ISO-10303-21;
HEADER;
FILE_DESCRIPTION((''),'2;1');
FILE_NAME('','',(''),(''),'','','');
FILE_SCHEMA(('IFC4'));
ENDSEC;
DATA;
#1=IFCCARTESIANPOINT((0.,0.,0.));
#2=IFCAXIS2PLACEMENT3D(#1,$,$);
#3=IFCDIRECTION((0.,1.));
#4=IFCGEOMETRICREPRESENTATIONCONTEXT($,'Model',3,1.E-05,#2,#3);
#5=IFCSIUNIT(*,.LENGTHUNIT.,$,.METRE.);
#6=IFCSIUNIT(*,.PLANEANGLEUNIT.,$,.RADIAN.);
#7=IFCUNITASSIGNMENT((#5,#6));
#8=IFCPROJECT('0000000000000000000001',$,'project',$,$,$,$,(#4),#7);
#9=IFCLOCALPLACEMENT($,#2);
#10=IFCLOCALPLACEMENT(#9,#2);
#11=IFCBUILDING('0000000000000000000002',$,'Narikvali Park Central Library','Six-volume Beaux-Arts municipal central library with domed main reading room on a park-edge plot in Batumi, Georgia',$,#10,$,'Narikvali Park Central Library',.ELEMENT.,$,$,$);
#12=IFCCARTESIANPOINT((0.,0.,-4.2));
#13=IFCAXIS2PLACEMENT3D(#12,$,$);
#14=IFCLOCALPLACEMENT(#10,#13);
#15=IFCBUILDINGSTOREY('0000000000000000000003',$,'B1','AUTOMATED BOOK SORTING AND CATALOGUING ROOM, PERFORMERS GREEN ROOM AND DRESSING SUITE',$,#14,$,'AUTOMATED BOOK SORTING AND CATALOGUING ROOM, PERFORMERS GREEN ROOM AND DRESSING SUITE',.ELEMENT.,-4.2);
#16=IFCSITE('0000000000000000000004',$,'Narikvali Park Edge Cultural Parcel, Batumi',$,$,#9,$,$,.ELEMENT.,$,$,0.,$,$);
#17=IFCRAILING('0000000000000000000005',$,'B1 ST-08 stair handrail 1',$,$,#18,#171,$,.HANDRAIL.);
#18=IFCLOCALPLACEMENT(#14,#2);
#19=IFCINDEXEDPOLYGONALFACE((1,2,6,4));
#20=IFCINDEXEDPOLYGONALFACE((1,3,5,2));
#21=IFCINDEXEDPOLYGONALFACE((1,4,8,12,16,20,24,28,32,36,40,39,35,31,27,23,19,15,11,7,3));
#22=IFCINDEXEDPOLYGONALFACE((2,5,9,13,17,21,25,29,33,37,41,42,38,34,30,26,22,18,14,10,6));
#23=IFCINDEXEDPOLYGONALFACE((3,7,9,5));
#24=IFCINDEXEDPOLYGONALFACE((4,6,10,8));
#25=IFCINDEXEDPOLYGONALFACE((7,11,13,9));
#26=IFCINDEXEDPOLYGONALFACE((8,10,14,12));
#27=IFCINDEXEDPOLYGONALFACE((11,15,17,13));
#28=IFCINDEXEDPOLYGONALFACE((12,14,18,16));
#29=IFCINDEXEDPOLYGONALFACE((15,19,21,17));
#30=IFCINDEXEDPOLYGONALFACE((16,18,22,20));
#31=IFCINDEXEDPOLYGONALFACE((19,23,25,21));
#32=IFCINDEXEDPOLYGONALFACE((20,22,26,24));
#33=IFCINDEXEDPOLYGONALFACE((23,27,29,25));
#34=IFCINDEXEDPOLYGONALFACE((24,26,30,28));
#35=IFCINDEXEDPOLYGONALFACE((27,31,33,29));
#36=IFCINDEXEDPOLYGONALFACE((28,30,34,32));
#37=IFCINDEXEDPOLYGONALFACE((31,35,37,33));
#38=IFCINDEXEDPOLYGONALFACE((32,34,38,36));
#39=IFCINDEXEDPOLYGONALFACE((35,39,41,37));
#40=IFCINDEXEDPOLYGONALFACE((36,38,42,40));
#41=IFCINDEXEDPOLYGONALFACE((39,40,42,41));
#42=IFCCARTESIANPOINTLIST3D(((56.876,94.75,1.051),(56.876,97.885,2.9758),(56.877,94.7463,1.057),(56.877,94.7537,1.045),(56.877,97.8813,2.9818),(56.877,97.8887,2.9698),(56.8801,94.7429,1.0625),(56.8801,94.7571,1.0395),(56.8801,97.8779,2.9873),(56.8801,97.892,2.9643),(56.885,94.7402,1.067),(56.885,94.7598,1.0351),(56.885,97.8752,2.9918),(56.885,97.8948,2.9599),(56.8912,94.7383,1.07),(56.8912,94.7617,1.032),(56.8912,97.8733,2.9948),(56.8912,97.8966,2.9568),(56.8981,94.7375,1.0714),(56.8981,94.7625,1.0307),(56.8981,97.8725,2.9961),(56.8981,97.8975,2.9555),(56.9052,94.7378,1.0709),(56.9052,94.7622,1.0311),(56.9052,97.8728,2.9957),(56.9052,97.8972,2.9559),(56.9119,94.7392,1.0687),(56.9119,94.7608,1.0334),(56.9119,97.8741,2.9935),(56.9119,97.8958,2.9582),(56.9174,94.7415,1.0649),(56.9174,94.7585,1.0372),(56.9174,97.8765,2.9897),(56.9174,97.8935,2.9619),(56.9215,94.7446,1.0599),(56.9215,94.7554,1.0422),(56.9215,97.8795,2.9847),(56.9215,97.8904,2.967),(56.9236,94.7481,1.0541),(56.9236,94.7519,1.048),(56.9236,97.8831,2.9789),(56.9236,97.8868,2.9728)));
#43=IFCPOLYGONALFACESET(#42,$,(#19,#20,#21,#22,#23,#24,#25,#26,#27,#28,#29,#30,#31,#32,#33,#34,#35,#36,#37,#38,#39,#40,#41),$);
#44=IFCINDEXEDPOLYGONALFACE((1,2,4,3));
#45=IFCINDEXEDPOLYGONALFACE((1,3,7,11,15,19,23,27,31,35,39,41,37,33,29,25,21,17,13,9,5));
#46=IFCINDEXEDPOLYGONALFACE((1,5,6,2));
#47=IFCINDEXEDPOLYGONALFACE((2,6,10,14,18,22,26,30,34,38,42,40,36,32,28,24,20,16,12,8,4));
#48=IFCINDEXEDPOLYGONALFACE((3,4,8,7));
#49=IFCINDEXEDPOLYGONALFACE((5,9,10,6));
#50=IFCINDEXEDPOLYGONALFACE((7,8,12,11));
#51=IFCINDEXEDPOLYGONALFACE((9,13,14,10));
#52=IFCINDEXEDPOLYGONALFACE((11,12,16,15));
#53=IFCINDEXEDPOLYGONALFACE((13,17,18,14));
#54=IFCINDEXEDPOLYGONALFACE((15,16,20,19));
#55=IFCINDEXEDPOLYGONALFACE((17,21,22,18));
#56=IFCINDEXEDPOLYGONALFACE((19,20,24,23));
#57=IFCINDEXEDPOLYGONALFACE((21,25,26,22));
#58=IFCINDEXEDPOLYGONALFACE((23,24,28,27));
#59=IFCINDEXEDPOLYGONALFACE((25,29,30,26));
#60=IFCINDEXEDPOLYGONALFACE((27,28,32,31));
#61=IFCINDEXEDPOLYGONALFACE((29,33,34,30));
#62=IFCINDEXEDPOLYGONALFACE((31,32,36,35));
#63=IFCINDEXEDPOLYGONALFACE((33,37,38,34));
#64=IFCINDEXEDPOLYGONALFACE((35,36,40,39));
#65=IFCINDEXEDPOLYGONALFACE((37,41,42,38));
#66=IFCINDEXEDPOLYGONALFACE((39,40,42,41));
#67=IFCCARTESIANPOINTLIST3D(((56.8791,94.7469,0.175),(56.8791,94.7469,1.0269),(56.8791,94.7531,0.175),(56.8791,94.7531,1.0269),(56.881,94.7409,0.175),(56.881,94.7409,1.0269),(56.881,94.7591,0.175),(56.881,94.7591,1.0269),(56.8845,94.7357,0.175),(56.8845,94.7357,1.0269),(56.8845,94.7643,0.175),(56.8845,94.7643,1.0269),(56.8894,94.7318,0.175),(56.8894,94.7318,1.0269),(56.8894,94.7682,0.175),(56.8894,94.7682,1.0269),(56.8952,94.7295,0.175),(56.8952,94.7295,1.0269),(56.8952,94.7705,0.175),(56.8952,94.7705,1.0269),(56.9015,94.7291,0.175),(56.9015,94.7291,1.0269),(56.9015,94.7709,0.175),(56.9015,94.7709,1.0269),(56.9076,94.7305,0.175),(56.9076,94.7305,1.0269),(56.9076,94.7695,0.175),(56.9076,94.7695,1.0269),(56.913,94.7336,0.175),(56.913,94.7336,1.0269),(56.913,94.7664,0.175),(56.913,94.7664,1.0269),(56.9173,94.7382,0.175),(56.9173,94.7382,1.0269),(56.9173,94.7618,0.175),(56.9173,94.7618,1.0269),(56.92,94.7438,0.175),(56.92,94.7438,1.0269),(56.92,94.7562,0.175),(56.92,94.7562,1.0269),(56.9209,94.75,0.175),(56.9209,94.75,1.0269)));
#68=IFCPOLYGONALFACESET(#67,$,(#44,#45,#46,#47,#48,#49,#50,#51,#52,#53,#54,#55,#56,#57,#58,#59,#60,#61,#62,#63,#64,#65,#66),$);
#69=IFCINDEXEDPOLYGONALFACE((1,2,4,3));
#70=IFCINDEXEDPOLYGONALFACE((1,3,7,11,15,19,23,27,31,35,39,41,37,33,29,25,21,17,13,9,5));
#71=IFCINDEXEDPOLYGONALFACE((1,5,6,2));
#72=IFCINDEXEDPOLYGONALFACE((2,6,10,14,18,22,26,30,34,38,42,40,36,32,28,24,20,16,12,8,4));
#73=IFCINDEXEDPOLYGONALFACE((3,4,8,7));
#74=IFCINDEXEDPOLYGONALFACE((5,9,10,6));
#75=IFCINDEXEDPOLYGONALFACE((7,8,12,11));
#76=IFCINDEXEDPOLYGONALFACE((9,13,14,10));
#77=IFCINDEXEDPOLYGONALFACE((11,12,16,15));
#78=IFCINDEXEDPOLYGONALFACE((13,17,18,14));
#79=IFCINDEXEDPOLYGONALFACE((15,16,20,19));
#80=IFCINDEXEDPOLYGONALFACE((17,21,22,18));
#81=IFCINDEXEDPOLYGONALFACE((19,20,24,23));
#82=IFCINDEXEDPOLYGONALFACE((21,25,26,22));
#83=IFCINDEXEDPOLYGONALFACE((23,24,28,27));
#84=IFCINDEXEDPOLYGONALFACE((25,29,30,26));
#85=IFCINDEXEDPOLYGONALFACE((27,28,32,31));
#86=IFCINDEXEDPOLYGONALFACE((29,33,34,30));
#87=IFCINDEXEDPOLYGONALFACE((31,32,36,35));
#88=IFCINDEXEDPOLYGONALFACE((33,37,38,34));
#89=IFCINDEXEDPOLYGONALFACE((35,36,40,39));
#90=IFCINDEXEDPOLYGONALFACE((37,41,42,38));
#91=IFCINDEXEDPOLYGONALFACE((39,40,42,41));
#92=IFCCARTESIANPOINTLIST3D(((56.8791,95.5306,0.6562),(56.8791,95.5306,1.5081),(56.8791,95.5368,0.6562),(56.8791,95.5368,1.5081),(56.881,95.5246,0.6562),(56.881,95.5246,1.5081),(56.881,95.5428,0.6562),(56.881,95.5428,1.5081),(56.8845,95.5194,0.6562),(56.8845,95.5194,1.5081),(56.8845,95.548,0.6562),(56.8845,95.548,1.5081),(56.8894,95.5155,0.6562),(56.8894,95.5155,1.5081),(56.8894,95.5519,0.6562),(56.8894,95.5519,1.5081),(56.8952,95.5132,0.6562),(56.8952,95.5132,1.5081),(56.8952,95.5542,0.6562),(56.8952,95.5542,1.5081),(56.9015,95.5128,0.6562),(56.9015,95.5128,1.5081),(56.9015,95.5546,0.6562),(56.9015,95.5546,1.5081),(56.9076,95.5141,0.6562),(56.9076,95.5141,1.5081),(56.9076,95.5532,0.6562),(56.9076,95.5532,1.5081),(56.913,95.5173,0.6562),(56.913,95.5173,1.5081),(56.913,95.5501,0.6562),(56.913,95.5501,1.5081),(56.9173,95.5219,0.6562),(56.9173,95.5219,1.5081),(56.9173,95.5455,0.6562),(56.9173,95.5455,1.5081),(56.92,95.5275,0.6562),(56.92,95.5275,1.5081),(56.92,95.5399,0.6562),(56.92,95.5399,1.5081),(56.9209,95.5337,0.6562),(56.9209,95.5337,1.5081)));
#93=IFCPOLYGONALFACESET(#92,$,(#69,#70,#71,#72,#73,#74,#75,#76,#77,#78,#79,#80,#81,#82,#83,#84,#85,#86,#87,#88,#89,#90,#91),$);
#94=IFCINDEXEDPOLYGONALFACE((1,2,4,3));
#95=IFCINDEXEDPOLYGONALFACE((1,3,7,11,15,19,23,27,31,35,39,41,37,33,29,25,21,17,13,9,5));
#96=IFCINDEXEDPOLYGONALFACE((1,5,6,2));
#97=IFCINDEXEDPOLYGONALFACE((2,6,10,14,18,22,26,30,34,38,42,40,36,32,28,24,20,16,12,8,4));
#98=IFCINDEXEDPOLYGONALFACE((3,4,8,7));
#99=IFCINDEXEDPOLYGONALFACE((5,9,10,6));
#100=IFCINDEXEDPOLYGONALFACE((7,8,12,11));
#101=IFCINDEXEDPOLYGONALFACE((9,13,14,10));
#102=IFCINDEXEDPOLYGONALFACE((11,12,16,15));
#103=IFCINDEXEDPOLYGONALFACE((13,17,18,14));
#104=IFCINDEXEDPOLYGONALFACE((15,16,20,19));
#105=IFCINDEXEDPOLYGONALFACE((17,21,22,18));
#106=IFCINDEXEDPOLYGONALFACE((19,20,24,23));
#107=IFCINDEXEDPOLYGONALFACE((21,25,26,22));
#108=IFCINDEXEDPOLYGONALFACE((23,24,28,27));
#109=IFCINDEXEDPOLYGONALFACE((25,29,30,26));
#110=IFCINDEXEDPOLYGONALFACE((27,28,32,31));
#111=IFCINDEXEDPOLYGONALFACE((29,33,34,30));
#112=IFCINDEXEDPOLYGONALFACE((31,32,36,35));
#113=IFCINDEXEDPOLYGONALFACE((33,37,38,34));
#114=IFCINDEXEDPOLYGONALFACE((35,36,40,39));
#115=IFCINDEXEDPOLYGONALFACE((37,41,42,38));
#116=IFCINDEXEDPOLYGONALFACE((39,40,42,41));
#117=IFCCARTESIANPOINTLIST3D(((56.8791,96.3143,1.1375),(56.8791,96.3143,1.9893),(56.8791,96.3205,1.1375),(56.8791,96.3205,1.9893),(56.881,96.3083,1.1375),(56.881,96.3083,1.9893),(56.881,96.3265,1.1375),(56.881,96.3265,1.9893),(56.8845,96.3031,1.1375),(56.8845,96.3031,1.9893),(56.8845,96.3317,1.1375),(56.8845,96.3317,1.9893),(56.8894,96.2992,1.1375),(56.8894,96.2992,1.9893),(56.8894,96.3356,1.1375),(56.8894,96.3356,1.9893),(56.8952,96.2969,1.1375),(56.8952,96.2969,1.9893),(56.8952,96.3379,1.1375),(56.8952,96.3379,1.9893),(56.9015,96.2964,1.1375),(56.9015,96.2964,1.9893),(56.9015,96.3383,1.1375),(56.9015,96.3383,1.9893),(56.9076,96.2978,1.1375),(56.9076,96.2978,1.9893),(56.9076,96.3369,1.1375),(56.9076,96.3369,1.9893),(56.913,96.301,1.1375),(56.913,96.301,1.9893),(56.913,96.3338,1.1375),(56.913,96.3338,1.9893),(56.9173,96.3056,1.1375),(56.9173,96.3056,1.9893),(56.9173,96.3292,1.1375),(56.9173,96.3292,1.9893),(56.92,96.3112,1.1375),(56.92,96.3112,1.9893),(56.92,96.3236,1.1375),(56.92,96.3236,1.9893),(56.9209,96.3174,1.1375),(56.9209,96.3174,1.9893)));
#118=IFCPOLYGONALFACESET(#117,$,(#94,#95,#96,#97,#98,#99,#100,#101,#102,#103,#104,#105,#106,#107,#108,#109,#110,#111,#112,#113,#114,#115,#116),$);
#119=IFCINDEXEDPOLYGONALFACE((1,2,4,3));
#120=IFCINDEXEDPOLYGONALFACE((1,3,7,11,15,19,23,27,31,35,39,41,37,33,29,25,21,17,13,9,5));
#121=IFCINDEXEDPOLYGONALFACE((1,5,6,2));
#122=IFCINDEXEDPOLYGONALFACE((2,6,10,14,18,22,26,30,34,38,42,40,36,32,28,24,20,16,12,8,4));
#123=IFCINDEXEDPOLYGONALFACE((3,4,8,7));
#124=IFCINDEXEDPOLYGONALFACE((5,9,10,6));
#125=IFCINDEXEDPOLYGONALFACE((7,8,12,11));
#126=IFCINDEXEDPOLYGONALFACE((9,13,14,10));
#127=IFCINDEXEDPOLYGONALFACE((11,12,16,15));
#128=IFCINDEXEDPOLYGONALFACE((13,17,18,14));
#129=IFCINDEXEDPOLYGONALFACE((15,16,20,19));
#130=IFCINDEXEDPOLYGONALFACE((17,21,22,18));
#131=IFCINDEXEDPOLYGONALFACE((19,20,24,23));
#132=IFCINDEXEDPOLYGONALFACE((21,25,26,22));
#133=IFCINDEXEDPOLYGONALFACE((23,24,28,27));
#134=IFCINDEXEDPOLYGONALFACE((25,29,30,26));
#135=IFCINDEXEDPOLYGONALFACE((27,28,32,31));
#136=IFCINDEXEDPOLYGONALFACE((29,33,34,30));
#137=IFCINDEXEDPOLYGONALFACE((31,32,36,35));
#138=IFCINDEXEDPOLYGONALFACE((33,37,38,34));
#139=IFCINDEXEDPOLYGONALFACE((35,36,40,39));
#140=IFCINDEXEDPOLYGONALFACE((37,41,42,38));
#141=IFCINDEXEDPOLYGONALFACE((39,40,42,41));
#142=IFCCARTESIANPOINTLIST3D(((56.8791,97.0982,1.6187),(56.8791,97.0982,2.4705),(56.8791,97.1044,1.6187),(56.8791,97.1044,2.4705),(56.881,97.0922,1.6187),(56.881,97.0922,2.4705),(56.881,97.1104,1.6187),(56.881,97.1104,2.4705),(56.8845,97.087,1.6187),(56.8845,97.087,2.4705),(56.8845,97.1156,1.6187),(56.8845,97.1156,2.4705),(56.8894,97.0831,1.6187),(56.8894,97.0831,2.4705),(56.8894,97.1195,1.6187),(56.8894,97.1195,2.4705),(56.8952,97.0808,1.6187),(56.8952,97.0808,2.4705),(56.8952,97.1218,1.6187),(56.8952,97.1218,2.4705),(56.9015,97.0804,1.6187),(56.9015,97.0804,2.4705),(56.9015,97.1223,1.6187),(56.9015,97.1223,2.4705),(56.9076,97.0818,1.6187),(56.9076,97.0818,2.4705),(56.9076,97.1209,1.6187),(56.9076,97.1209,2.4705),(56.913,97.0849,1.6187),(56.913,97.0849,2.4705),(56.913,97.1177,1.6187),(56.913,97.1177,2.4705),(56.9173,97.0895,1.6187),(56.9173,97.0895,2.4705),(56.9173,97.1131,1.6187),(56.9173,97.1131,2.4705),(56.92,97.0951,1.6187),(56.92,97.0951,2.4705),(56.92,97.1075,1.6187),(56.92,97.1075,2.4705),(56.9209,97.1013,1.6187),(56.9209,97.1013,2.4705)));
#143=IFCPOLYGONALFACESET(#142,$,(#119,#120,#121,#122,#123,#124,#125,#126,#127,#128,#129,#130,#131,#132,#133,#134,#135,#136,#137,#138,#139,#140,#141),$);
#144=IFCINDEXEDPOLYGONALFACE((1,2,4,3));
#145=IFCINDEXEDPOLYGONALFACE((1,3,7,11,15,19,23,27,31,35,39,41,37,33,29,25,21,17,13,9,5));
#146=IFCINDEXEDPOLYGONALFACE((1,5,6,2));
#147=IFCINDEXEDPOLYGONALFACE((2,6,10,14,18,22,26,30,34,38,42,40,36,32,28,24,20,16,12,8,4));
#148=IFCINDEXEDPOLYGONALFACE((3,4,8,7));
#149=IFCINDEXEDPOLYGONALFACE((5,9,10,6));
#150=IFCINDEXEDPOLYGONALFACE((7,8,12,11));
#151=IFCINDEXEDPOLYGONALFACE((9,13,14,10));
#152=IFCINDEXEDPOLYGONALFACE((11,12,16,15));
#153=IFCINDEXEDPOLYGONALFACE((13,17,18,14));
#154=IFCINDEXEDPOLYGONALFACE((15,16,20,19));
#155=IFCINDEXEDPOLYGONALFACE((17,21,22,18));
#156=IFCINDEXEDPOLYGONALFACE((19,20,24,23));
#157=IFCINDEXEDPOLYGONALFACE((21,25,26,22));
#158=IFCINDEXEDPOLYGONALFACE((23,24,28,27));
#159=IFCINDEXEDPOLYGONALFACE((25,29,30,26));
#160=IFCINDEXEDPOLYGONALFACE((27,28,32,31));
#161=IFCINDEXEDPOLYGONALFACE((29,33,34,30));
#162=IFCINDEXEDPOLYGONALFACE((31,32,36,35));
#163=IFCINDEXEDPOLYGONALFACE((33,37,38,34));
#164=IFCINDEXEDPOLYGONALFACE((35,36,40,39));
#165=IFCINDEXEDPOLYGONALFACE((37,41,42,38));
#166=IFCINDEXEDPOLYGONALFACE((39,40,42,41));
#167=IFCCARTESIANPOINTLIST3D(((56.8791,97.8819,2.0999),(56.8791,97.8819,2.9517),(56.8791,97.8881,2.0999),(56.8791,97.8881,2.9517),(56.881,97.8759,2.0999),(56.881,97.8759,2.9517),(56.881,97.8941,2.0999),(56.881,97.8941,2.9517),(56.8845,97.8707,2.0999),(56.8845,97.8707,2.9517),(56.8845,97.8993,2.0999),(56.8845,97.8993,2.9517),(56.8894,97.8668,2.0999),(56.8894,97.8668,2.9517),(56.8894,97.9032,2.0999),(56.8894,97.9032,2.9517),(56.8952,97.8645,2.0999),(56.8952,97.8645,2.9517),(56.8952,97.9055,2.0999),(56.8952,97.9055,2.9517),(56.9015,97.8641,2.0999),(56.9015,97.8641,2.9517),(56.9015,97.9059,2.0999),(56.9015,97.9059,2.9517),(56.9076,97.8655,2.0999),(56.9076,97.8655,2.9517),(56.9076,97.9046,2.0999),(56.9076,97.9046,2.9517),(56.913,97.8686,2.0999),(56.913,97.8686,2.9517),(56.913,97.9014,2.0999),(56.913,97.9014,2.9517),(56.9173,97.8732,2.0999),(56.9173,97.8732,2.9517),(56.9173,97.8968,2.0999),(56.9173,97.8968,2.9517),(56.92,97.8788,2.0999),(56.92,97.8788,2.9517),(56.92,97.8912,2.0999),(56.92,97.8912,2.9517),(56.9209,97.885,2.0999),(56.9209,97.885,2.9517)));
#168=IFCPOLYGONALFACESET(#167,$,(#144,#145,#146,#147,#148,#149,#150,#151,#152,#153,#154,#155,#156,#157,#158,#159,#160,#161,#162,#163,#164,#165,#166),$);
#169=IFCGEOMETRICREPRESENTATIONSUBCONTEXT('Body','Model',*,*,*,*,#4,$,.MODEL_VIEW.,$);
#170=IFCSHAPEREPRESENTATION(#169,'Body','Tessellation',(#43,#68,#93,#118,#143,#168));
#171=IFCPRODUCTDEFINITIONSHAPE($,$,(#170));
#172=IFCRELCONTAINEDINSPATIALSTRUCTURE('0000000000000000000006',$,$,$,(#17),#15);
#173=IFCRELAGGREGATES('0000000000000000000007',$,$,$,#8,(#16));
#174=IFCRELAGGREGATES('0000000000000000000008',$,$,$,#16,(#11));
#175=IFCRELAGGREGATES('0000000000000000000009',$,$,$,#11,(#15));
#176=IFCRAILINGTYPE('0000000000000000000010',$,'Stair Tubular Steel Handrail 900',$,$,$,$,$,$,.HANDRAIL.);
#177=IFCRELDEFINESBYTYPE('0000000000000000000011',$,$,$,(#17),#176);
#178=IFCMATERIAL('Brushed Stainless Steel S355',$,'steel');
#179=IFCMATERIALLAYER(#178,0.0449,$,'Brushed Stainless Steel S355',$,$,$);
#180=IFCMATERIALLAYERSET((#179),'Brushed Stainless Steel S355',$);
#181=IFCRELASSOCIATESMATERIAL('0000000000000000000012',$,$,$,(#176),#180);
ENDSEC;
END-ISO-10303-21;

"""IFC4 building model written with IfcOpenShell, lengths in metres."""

from ifc_helpers import new_model, si_unit, direction, frame, origin, origin_2d, place, context, subcontext, project, spatial, circle, extrude, material, layer, layer_set, type_object, element, save


model = new_model("IFC4")

# Units and contexts
model_context = context("Model", 3, precision=1e-05, world=origin(), true_north=direction((0.0, 1.0)))
body_context = subcontext(model_context, "Body", "Model", "MODEL_VIEW")
ifc_project = project(units=[si_unit("LENGTHUNIT", "METRE"), si_unit("PLANEANGLEUNIT", "RADIAN")], contexts=[model_context])

# Site, building, storey
site_placement = place(None, origin())
site = spatial("IfcSite", under=ifc_project, at=site_placement, Name="Narikvali Park Edge Cultural Parcel, Batumi", CompositionType="ELEMENT", RefElevation=0.0)
building_placement = place(site_placement, origin())
building = spatial("IfcBuilding", under=site, at=building_placement, Name="Narikvali Park Central Library", Description="Six-volume Beaux-Arts municipal central library with domed main reading room on a park-edge plot in Batumi, Georgia", LongName="Narikvali Park Central Library", CompositionType="ELEMENT")
storey_placement = place(building_placement, frame((0.0, 0.0, -4.2)))
storey = spatial("IfcBuildingStorey", under=building, at=storey_placement, Name="B1", Description="AUTOMATED BOOK SORTING AND CATALOGUING ROOM, PERFORMERS GREEN ROOM AND DRESSING SUITE", LongName="AUTOMATED BOOK SORTING AND CATALOGUING ROOM, PERFORMERS GREEN ROOM AND DRESSING SUITE", CompositionType="ELEMENT", Elevation=-4.2)

# Shared definitions
ifc_material_1 = material(Name="Brushed Stainless Steel S355", Category="steel")

# Railing
ifc_layer_1 = layer(ifc_material_1, 0.0449, Name="Brushed Stainless Steel S355")
ifc_layer_set_1 = layer_set([ifc_layer_1], Name="Brushed Stainless Steel S355")
railing_type_1 = type_object("IfcRailingType", Name="Stair Tubular Steel Handrail 900", PredefinedType="HANDRAIL", material=ifc_layer_set_1)
railing_1_placement = place(storey_placement, frame((56.8999, 94.75, 0.175)))
element("IfcRailing", 1, at=railing_1_placement, inside=storey, type_object=railing_type_1, Name="B1 ST-08 stair handrail 1", PredefinedType="HANDRAIL", context=body_context, shape_type="SweptSolid", body=[
    extrude(circle(Radius=0.0239, at=origin_2d()), frame((0.0, 0.0, 0.876), z_axis=(0.0, 0.852196, 0.523223), x_axis=(-1.0, 0.0, 0.0)), (0.0, 0.0, 1.0), 3.6787),
    extrude(circle(Radius=0.021, at=origin_2d()), origin(), (0.0, 0.0, 1.0), 0.8518),
    extrude(circle(Radius=0.021, at=origin_2d()), frame((0.0, 0.7837, 0.4812)), (0.0, 0.0, 1.0), 0.8518),
    extrude(circle(Radius=0.021, at=origin_2d()), frame((0.0, 1.5674, 0.9624)), (0.0, 0.0, 1.0), 0.8518),
    extrude(circle(Radius=0.021, at=origin_2d()), frame((0.0, 2.3513, 1.4436)), (0.0, 0.0, 1.0), 0.8518),
    extrude(circle(Radius=0.021, at=origin_2d()), frame((0.0, 3.135, 1.9248)), (0.0, 0.0, 1.0), 0.8518),
])

save(model, "model.ifc")
